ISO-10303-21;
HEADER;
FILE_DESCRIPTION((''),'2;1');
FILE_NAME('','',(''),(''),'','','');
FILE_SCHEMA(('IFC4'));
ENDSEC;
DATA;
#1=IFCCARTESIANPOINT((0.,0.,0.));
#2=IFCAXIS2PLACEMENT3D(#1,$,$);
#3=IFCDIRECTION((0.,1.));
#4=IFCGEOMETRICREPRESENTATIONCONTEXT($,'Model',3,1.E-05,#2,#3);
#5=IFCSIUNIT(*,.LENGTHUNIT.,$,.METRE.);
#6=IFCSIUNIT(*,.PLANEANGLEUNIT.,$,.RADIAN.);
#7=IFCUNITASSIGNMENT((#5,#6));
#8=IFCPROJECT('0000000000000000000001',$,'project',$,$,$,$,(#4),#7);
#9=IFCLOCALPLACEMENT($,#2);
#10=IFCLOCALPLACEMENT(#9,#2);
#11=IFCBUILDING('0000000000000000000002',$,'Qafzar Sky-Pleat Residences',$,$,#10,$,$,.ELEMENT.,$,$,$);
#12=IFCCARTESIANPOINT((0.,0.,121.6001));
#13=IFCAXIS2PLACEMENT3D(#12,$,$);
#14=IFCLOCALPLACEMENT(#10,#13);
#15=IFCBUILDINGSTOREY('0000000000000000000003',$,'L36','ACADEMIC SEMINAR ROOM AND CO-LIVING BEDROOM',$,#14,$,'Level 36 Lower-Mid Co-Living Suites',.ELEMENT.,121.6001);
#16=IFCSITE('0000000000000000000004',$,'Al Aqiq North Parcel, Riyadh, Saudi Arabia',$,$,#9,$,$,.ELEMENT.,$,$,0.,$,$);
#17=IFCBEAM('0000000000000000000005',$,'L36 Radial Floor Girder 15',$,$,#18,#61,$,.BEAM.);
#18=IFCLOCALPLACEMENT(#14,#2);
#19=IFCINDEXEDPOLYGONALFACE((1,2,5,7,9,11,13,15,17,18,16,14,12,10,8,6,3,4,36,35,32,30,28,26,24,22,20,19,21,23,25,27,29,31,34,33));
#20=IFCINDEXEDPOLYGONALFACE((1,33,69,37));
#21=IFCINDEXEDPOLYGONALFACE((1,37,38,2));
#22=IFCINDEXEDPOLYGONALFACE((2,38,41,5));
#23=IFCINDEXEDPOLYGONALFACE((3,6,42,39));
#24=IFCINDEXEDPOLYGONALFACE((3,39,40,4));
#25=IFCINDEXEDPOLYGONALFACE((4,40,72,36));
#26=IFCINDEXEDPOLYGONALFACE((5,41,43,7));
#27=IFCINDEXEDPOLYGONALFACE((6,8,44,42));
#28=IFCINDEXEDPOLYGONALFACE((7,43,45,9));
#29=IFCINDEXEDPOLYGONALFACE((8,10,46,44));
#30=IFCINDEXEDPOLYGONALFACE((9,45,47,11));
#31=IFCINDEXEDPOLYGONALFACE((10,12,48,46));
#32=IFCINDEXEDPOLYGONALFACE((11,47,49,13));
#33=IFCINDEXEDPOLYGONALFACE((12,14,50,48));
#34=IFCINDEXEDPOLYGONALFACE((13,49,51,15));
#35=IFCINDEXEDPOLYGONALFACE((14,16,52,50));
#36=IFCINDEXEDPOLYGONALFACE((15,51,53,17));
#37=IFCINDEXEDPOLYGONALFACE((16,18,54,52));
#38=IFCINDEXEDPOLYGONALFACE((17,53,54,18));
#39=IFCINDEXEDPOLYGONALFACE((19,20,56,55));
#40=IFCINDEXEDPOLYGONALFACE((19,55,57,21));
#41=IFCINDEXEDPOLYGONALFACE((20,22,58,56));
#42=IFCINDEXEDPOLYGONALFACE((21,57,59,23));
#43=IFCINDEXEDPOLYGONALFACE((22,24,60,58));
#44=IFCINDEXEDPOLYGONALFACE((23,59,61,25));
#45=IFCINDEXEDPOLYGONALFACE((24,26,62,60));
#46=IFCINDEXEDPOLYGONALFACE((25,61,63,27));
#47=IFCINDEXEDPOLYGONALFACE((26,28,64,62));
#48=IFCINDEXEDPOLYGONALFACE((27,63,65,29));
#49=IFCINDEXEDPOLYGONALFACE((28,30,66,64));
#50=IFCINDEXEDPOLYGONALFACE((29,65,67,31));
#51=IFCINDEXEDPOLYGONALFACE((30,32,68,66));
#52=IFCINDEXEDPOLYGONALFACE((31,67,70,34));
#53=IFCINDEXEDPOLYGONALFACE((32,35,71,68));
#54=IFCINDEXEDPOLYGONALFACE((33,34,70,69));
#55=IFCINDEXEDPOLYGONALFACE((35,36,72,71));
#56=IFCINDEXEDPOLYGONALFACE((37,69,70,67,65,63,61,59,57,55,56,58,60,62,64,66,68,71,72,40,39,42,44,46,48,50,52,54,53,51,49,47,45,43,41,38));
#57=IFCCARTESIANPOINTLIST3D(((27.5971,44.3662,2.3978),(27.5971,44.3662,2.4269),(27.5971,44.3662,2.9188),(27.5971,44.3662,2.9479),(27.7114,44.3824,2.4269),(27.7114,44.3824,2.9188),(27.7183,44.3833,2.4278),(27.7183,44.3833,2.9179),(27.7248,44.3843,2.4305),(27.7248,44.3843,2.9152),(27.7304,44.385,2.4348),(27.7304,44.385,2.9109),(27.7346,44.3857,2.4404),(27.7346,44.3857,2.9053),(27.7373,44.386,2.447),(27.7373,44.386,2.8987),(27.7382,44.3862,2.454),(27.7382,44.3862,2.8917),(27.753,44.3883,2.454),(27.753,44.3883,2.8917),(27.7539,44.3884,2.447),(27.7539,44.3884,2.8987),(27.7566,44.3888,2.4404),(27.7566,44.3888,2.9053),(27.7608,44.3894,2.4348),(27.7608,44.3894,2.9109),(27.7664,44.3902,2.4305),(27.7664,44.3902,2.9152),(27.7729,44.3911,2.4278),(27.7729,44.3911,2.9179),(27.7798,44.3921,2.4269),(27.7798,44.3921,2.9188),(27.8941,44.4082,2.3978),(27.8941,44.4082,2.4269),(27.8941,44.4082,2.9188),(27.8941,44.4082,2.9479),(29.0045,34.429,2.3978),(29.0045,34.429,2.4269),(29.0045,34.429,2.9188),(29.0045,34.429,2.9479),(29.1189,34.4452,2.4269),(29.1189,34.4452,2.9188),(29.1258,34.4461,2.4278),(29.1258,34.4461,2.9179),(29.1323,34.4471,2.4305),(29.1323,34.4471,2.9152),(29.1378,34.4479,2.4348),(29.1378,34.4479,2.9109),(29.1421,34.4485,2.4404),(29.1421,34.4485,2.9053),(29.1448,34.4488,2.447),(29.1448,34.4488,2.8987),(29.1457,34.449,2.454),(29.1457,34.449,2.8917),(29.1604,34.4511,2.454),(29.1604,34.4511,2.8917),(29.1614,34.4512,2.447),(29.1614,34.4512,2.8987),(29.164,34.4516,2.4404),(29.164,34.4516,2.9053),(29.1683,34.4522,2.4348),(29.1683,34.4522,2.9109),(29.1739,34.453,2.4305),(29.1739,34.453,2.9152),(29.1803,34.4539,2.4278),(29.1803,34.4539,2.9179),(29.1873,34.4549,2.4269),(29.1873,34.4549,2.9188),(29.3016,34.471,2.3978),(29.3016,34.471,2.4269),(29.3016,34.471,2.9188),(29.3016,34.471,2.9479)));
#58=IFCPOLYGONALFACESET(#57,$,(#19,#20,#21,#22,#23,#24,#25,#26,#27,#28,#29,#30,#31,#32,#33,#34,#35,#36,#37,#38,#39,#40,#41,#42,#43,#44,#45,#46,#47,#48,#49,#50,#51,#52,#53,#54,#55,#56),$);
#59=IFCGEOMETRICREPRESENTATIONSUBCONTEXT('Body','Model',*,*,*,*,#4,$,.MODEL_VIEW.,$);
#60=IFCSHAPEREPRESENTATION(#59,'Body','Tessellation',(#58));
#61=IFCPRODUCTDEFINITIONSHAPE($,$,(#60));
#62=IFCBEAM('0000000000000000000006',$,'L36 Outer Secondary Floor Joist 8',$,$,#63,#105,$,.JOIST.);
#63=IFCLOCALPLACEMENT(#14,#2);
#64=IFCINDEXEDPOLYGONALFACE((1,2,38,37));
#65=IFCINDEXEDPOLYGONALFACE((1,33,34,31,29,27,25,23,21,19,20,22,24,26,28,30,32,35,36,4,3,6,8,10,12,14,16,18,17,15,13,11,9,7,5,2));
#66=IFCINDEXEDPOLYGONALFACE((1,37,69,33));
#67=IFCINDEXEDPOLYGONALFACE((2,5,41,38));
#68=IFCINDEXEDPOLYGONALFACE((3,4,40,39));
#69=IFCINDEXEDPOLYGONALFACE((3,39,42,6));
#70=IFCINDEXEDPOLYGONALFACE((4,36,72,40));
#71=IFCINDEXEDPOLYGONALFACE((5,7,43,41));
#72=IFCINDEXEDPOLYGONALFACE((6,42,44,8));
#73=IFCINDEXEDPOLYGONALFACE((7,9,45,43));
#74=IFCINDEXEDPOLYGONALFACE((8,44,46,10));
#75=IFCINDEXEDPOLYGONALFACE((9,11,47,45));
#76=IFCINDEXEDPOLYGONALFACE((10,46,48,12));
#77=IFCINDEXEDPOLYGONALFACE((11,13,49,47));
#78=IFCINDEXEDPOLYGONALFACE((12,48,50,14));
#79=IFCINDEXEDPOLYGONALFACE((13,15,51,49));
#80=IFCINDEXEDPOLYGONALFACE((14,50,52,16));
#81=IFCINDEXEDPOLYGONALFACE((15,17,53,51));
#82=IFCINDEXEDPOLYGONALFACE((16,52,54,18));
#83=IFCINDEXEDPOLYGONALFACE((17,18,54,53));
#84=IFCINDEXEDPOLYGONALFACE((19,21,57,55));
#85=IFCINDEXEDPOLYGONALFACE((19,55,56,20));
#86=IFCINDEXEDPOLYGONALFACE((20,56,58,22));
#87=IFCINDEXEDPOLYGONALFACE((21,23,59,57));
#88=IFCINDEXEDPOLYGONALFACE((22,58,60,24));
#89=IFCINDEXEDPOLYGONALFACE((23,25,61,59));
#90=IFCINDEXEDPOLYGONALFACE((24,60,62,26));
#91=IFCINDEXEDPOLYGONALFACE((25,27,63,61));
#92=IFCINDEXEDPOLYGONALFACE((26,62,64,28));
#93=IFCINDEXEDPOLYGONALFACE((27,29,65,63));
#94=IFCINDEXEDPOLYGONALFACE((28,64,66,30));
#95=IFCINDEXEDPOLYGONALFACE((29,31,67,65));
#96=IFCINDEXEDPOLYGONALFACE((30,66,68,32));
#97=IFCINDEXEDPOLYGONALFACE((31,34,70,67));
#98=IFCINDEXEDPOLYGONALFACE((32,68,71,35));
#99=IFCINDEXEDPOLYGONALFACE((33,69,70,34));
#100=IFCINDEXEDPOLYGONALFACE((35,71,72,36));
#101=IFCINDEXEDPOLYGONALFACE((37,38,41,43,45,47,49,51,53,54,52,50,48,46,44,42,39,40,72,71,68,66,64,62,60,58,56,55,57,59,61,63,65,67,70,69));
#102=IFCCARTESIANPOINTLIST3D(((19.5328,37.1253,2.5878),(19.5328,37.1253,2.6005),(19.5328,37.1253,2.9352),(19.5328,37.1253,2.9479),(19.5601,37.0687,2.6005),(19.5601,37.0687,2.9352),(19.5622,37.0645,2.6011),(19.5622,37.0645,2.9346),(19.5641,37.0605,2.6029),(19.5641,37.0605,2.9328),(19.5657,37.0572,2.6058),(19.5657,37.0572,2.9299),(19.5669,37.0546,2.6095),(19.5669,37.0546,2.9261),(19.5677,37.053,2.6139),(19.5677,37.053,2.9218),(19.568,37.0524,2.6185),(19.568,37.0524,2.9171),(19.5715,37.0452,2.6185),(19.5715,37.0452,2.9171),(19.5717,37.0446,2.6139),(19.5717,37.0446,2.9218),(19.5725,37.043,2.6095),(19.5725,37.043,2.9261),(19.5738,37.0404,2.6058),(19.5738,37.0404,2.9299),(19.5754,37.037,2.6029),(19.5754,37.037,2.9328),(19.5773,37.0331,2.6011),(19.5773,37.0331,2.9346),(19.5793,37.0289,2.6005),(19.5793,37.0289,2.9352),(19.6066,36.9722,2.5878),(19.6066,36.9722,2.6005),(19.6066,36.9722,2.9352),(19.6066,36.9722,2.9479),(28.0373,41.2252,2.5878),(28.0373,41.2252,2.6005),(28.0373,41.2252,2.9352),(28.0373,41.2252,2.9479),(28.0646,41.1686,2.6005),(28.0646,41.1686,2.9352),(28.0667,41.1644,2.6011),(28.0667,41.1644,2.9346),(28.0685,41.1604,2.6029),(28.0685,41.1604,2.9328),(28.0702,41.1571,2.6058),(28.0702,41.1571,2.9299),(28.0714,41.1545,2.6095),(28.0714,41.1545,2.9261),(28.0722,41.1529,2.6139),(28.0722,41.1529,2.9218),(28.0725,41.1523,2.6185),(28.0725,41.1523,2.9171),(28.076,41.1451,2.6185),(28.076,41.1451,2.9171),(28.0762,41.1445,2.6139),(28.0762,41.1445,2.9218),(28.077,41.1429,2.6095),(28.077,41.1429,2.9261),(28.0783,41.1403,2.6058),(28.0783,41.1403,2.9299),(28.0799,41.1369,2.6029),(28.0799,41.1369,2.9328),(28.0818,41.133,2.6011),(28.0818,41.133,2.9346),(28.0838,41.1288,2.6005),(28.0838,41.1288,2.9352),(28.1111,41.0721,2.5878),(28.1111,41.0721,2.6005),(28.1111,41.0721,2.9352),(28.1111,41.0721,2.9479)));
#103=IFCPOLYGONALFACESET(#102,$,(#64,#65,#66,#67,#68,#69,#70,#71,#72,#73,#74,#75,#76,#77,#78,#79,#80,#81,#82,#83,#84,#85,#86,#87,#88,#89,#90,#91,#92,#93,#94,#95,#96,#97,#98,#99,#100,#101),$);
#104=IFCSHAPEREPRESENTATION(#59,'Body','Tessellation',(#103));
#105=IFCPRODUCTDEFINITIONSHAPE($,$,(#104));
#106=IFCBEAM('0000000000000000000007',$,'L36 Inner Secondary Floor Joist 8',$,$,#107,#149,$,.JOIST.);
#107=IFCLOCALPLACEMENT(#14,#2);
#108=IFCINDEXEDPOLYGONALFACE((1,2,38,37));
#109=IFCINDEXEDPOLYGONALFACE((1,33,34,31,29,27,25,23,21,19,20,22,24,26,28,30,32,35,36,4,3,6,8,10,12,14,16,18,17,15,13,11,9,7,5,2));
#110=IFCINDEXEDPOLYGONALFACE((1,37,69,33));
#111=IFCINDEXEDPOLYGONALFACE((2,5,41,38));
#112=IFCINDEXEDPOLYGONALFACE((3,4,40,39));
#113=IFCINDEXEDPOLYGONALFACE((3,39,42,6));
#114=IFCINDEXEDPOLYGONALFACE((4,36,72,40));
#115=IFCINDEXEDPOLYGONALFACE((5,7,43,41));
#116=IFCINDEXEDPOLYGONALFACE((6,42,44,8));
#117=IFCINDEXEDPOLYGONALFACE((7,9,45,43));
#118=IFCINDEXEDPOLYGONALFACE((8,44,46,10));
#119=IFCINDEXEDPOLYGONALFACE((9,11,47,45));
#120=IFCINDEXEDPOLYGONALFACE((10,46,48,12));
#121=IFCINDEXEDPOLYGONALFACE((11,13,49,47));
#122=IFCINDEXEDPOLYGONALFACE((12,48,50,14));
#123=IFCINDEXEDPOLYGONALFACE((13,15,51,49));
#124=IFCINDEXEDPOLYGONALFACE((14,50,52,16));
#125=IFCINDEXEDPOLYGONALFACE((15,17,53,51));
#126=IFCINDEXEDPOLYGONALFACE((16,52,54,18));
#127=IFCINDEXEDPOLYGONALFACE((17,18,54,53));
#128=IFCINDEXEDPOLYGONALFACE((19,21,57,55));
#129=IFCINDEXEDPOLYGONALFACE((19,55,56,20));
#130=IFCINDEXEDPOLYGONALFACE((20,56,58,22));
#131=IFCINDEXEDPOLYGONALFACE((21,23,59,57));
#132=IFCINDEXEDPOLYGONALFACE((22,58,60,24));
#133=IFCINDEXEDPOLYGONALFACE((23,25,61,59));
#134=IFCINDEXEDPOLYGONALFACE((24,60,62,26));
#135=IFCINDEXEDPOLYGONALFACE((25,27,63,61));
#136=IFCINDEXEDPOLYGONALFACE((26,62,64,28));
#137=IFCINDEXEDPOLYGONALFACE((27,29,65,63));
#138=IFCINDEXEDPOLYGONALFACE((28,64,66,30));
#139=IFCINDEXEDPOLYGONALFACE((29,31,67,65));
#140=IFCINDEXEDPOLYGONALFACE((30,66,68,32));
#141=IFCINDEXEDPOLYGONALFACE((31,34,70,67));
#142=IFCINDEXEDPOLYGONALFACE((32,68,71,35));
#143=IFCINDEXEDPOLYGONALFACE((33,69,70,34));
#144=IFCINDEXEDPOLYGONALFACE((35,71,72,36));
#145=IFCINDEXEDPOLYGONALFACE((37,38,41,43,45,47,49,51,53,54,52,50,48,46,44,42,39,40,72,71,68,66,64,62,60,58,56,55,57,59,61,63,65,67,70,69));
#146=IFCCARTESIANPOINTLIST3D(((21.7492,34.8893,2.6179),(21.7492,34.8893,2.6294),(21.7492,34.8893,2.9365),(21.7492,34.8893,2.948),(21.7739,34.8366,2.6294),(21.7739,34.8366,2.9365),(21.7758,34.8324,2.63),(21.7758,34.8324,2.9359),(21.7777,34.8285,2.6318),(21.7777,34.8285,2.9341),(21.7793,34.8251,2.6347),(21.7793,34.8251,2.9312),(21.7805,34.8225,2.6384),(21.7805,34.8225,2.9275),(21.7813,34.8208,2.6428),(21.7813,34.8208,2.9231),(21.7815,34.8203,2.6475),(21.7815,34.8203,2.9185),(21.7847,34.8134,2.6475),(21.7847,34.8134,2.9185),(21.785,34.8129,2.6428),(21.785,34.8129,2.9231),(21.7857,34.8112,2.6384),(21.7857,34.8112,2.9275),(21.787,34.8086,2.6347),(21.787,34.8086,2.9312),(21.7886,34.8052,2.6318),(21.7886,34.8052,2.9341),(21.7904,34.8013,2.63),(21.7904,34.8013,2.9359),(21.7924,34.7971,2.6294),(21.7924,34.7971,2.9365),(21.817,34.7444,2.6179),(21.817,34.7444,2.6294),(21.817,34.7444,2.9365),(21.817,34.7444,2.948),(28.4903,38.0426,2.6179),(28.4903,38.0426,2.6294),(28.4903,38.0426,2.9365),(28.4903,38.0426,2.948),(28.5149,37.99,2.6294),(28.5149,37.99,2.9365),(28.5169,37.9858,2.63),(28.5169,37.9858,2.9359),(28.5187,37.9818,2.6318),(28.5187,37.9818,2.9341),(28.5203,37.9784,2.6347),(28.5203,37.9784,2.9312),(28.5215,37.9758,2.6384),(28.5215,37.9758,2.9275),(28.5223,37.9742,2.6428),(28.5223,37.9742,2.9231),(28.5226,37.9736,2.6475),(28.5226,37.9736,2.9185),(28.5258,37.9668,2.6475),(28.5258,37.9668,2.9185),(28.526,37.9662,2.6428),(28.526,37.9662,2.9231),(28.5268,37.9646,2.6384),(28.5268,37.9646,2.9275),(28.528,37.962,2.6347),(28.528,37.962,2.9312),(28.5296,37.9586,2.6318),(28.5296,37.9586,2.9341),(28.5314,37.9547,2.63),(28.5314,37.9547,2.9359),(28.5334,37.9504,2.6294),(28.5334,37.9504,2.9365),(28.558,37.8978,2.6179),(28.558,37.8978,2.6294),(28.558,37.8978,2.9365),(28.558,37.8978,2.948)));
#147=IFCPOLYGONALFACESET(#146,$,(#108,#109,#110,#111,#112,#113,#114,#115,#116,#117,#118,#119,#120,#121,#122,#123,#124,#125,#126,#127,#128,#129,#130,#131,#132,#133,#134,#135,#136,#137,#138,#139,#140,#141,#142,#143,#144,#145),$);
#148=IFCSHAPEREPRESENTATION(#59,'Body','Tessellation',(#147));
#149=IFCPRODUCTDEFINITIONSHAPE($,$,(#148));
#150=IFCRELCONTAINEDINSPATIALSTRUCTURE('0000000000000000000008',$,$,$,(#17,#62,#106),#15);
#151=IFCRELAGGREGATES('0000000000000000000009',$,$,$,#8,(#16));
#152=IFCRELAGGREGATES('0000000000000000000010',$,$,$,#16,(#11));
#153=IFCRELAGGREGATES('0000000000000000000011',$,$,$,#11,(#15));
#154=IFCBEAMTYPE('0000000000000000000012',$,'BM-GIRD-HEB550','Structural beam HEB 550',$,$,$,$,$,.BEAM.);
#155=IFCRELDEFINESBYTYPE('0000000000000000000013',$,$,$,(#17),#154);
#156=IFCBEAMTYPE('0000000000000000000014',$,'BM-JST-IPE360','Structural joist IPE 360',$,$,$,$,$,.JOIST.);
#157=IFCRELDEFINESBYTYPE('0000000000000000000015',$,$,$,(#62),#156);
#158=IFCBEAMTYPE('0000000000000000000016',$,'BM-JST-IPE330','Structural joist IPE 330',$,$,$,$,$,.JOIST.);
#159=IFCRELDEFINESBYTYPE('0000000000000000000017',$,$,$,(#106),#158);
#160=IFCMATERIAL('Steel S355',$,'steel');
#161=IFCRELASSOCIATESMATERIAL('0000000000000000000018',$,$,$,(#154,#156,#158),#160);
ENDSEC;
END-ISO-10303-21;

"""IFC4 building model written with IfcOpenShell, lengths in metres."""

from ifc_helpers import new_model, si_unit, direction, frame, origin, origin_2d, place, context, subcontext, project, spatial, i_section, extrude, source, transform, mapped, material, material_profile, profile_set, type_object, element, save


model = new_model("IFC4")

# Units and contexts
model_context = context("Model", 3, precision=1e-05, world=origin(), true_north=direction((0.0, 1.0)))
body_context = subcontext(model_context, "Body", "Model", "MODEL_VIEW")
ifc_project = project(units=[si_unit("LENGTHUNIT", "METRE"), si_unit("PLANEANGLEUNIT", "RADIAN")], contexts=[model_context])

# Site, building, storey
site_placement = place(None, origin())
site = spatial("IfcSite", under=ifc_project, at=site_placement, Name="Al Aqiq North Parcel, Riyadh, Saudi Arabia", CompositionType="ELEMENT", RefElevation=0.0)
building_placement = place(site_placement, origin())
building = spatial("IfcBuilding", under=site, at=building_placement, Name="Qafzar Sky-Pleat Residences", CompositionType="ELEMENT")
storey_placement = place(building_placement, frame((0.0, 0.0, 121.6001)))
storey = spatial("IfcBuildingStorey", under=building, at=storey_placement, Name="L36", Description="ACADEMIC SEMINAR ROOM AND CO-LIVING BEDROOM", LongName="Level 36 Lower-Mid Co-Living Suites", CompositionType="ELEMENT", Elevation=121.6001)

# Beams
ifc_material_1 = material(Name="Steel S355", Category="steel")
ifc_material_profile_1 = material_profile(ifc_material_1, i_section(OverallWidth=0.3, OverallDepth=0.55, WebThickness=0.0149, FlangeThickness=0.0291, FilletRadius=0.0271, at=origin_2d()), Name="HEB 550")
ifc_profile_set_1 = profile_set([ifc_material_profile_1], Name="Steel S355")
beam_type_1 = type_object("IfcBeamType", Name="BM-GIRD-HEB550", Description="Structural beam HEB 550", PredefinedType="BEAM", material=ifc_profile_set_1)
shared_shape_1 = source(origin(), body_context, "Body", "SweptSolid", [
    extrude(i_section(OverallWidth=0.3, OverallDepth=0.55, WebThickness=0.0149, FlangeThickness=0.0291, FilletRadius=0.0271, at=origin_2d()), origin(), (0.0, 0.0, 1.0), 10.0364),
])
beam_1_placement = place(storey_placement, frame((27.7456, 44.3872, 2.6729), z_axis=(0.140236, -0.990118, 0.0), x_axis=(0.990118, 0.140236, 0.0)))
element("IfcBeam", 1, at=beam_1_placement, inside=storey, type_object=beam_type_1, Name="L36 Radial Floor Girder 15", PredefinedType="BEAM", context=body_context, shape_type="MappedRepresentation", body=[
    mapped(shared_shape_1, transform((0.0, 0.0, 0.0), x_axis=(1.0, 0.0, 0.0), y_axis=(0.0, 1.0, 0.0), z_axis=(0.0, 0.0, 1.0), scale=1.0)),
])
ifc_material_profile_2 = material_profile(ifc_material_1, i_section(OverallWidth=0.1699, OverallDepth=0.3601, WebThickness=0.0081, FlangeThickness=0.0127, FilletRadius=0.0181, at=origin_2d()), Name="IPE 360")
ifc_profile_set_2 = profile_set([ifc_material_profile_2], Name="Steel S355")
beam_type_2 = type_object("IfcBeamType", Name="BM-JST-IPE360", Description="Structural joist IPE 360", PredefinedType="JOIST", material=ifc_profile_set_2)
shared_shape_2 = source(origin(), body_context, "Body", "SweptSolid", [
    extrude(i_section(OverallWidth=0.1699, OverallDepth=0.3601, WebThickness=0.0081, FlangeThickness=0.0127, FilletRadius=0.0181, at=origin_2d()), origin(), (0.0, 0.0, 1.0), 9.4412),
])
beam_2_placement = place(storey_placement, frame((28.0742, 41.1487, 2.7678), z_axis=(-0.900789, -0.434258, 0.0), x_axis=(0.434258, -0.900789, 0.0)))
element("IfcBeam", 2, at=beam_2_placement, inside=storey, type_object=beam_type_2, Name="L36 Outer Secondary Floor Joist 8", PredefinedType="JOIST", context=body_context, shape_type="MappedRepresentation", body=[
    mapped(shared_shape_2, transform((0.0, 0.0, 0.0), x_axis=(1.0, 0.0, 0.0), y_axis=(0.0, 1.0, 0.0), z_axis=(0.0, 0.0, 1.0), scale=1.0)),
])
ifc_material_profile_3 = material_profile(ifc_material_1, i_section(OverallWidth=0.1599, OverallDepth=0.3301, WebThickness=0.0076, FlangeThickness=0.0115, FilletRadius=0.0181, at=origin_2d()), Name="IPE 330")
ifc_profile_set_3 = profile_set([ifc_material_profile_3], Name="Steel S355")
beam_type_3 = type_object("IfcBeamType", Name="BM-JST-IPE330", Description="Structural joist IPE 330", PredefinedType="JOIST", material=ifc_profile_set_3)
shared_shape_3 = source(origin(), body_context, "Body", "SweptSolid", [
    extrude(i_section(OverallWidth=0.1599, OverallDepth=0.3301, WebThickness=0.0076, FlangeThickness=0.0115, FilletRadius=0.0181, at=origin_2d()), origin(), (0.0, 0.0, 1.0), 7.4421),
])
beam_3_placement = place(storey_placement, frame((28.5242, 37.9702, 2.783), z_axis=(-0.905795, -0.423717, 0.0), x_axis=(0.423717, -0.905795, 0.0)))
element("IfcBeam", 3, at=beam_3_placement, inside=storey, type_object=beam_type_3, Name="L36 Inner Secondary Floor Joist 8", PredefinedType="JOIST", context=body_context, shape_type="MappedRepresentation", body=[
    mapped(shared_shape_3, transform((0.0, 0.0, 0.0), x_axis=(1.0, 0.0, 0.0), y_axis=(0.0, 1.0, 0.0), z_axis=(0.0, 0.0, 1.0), scale=1.0)),
])

save(model, "model.ifc")
